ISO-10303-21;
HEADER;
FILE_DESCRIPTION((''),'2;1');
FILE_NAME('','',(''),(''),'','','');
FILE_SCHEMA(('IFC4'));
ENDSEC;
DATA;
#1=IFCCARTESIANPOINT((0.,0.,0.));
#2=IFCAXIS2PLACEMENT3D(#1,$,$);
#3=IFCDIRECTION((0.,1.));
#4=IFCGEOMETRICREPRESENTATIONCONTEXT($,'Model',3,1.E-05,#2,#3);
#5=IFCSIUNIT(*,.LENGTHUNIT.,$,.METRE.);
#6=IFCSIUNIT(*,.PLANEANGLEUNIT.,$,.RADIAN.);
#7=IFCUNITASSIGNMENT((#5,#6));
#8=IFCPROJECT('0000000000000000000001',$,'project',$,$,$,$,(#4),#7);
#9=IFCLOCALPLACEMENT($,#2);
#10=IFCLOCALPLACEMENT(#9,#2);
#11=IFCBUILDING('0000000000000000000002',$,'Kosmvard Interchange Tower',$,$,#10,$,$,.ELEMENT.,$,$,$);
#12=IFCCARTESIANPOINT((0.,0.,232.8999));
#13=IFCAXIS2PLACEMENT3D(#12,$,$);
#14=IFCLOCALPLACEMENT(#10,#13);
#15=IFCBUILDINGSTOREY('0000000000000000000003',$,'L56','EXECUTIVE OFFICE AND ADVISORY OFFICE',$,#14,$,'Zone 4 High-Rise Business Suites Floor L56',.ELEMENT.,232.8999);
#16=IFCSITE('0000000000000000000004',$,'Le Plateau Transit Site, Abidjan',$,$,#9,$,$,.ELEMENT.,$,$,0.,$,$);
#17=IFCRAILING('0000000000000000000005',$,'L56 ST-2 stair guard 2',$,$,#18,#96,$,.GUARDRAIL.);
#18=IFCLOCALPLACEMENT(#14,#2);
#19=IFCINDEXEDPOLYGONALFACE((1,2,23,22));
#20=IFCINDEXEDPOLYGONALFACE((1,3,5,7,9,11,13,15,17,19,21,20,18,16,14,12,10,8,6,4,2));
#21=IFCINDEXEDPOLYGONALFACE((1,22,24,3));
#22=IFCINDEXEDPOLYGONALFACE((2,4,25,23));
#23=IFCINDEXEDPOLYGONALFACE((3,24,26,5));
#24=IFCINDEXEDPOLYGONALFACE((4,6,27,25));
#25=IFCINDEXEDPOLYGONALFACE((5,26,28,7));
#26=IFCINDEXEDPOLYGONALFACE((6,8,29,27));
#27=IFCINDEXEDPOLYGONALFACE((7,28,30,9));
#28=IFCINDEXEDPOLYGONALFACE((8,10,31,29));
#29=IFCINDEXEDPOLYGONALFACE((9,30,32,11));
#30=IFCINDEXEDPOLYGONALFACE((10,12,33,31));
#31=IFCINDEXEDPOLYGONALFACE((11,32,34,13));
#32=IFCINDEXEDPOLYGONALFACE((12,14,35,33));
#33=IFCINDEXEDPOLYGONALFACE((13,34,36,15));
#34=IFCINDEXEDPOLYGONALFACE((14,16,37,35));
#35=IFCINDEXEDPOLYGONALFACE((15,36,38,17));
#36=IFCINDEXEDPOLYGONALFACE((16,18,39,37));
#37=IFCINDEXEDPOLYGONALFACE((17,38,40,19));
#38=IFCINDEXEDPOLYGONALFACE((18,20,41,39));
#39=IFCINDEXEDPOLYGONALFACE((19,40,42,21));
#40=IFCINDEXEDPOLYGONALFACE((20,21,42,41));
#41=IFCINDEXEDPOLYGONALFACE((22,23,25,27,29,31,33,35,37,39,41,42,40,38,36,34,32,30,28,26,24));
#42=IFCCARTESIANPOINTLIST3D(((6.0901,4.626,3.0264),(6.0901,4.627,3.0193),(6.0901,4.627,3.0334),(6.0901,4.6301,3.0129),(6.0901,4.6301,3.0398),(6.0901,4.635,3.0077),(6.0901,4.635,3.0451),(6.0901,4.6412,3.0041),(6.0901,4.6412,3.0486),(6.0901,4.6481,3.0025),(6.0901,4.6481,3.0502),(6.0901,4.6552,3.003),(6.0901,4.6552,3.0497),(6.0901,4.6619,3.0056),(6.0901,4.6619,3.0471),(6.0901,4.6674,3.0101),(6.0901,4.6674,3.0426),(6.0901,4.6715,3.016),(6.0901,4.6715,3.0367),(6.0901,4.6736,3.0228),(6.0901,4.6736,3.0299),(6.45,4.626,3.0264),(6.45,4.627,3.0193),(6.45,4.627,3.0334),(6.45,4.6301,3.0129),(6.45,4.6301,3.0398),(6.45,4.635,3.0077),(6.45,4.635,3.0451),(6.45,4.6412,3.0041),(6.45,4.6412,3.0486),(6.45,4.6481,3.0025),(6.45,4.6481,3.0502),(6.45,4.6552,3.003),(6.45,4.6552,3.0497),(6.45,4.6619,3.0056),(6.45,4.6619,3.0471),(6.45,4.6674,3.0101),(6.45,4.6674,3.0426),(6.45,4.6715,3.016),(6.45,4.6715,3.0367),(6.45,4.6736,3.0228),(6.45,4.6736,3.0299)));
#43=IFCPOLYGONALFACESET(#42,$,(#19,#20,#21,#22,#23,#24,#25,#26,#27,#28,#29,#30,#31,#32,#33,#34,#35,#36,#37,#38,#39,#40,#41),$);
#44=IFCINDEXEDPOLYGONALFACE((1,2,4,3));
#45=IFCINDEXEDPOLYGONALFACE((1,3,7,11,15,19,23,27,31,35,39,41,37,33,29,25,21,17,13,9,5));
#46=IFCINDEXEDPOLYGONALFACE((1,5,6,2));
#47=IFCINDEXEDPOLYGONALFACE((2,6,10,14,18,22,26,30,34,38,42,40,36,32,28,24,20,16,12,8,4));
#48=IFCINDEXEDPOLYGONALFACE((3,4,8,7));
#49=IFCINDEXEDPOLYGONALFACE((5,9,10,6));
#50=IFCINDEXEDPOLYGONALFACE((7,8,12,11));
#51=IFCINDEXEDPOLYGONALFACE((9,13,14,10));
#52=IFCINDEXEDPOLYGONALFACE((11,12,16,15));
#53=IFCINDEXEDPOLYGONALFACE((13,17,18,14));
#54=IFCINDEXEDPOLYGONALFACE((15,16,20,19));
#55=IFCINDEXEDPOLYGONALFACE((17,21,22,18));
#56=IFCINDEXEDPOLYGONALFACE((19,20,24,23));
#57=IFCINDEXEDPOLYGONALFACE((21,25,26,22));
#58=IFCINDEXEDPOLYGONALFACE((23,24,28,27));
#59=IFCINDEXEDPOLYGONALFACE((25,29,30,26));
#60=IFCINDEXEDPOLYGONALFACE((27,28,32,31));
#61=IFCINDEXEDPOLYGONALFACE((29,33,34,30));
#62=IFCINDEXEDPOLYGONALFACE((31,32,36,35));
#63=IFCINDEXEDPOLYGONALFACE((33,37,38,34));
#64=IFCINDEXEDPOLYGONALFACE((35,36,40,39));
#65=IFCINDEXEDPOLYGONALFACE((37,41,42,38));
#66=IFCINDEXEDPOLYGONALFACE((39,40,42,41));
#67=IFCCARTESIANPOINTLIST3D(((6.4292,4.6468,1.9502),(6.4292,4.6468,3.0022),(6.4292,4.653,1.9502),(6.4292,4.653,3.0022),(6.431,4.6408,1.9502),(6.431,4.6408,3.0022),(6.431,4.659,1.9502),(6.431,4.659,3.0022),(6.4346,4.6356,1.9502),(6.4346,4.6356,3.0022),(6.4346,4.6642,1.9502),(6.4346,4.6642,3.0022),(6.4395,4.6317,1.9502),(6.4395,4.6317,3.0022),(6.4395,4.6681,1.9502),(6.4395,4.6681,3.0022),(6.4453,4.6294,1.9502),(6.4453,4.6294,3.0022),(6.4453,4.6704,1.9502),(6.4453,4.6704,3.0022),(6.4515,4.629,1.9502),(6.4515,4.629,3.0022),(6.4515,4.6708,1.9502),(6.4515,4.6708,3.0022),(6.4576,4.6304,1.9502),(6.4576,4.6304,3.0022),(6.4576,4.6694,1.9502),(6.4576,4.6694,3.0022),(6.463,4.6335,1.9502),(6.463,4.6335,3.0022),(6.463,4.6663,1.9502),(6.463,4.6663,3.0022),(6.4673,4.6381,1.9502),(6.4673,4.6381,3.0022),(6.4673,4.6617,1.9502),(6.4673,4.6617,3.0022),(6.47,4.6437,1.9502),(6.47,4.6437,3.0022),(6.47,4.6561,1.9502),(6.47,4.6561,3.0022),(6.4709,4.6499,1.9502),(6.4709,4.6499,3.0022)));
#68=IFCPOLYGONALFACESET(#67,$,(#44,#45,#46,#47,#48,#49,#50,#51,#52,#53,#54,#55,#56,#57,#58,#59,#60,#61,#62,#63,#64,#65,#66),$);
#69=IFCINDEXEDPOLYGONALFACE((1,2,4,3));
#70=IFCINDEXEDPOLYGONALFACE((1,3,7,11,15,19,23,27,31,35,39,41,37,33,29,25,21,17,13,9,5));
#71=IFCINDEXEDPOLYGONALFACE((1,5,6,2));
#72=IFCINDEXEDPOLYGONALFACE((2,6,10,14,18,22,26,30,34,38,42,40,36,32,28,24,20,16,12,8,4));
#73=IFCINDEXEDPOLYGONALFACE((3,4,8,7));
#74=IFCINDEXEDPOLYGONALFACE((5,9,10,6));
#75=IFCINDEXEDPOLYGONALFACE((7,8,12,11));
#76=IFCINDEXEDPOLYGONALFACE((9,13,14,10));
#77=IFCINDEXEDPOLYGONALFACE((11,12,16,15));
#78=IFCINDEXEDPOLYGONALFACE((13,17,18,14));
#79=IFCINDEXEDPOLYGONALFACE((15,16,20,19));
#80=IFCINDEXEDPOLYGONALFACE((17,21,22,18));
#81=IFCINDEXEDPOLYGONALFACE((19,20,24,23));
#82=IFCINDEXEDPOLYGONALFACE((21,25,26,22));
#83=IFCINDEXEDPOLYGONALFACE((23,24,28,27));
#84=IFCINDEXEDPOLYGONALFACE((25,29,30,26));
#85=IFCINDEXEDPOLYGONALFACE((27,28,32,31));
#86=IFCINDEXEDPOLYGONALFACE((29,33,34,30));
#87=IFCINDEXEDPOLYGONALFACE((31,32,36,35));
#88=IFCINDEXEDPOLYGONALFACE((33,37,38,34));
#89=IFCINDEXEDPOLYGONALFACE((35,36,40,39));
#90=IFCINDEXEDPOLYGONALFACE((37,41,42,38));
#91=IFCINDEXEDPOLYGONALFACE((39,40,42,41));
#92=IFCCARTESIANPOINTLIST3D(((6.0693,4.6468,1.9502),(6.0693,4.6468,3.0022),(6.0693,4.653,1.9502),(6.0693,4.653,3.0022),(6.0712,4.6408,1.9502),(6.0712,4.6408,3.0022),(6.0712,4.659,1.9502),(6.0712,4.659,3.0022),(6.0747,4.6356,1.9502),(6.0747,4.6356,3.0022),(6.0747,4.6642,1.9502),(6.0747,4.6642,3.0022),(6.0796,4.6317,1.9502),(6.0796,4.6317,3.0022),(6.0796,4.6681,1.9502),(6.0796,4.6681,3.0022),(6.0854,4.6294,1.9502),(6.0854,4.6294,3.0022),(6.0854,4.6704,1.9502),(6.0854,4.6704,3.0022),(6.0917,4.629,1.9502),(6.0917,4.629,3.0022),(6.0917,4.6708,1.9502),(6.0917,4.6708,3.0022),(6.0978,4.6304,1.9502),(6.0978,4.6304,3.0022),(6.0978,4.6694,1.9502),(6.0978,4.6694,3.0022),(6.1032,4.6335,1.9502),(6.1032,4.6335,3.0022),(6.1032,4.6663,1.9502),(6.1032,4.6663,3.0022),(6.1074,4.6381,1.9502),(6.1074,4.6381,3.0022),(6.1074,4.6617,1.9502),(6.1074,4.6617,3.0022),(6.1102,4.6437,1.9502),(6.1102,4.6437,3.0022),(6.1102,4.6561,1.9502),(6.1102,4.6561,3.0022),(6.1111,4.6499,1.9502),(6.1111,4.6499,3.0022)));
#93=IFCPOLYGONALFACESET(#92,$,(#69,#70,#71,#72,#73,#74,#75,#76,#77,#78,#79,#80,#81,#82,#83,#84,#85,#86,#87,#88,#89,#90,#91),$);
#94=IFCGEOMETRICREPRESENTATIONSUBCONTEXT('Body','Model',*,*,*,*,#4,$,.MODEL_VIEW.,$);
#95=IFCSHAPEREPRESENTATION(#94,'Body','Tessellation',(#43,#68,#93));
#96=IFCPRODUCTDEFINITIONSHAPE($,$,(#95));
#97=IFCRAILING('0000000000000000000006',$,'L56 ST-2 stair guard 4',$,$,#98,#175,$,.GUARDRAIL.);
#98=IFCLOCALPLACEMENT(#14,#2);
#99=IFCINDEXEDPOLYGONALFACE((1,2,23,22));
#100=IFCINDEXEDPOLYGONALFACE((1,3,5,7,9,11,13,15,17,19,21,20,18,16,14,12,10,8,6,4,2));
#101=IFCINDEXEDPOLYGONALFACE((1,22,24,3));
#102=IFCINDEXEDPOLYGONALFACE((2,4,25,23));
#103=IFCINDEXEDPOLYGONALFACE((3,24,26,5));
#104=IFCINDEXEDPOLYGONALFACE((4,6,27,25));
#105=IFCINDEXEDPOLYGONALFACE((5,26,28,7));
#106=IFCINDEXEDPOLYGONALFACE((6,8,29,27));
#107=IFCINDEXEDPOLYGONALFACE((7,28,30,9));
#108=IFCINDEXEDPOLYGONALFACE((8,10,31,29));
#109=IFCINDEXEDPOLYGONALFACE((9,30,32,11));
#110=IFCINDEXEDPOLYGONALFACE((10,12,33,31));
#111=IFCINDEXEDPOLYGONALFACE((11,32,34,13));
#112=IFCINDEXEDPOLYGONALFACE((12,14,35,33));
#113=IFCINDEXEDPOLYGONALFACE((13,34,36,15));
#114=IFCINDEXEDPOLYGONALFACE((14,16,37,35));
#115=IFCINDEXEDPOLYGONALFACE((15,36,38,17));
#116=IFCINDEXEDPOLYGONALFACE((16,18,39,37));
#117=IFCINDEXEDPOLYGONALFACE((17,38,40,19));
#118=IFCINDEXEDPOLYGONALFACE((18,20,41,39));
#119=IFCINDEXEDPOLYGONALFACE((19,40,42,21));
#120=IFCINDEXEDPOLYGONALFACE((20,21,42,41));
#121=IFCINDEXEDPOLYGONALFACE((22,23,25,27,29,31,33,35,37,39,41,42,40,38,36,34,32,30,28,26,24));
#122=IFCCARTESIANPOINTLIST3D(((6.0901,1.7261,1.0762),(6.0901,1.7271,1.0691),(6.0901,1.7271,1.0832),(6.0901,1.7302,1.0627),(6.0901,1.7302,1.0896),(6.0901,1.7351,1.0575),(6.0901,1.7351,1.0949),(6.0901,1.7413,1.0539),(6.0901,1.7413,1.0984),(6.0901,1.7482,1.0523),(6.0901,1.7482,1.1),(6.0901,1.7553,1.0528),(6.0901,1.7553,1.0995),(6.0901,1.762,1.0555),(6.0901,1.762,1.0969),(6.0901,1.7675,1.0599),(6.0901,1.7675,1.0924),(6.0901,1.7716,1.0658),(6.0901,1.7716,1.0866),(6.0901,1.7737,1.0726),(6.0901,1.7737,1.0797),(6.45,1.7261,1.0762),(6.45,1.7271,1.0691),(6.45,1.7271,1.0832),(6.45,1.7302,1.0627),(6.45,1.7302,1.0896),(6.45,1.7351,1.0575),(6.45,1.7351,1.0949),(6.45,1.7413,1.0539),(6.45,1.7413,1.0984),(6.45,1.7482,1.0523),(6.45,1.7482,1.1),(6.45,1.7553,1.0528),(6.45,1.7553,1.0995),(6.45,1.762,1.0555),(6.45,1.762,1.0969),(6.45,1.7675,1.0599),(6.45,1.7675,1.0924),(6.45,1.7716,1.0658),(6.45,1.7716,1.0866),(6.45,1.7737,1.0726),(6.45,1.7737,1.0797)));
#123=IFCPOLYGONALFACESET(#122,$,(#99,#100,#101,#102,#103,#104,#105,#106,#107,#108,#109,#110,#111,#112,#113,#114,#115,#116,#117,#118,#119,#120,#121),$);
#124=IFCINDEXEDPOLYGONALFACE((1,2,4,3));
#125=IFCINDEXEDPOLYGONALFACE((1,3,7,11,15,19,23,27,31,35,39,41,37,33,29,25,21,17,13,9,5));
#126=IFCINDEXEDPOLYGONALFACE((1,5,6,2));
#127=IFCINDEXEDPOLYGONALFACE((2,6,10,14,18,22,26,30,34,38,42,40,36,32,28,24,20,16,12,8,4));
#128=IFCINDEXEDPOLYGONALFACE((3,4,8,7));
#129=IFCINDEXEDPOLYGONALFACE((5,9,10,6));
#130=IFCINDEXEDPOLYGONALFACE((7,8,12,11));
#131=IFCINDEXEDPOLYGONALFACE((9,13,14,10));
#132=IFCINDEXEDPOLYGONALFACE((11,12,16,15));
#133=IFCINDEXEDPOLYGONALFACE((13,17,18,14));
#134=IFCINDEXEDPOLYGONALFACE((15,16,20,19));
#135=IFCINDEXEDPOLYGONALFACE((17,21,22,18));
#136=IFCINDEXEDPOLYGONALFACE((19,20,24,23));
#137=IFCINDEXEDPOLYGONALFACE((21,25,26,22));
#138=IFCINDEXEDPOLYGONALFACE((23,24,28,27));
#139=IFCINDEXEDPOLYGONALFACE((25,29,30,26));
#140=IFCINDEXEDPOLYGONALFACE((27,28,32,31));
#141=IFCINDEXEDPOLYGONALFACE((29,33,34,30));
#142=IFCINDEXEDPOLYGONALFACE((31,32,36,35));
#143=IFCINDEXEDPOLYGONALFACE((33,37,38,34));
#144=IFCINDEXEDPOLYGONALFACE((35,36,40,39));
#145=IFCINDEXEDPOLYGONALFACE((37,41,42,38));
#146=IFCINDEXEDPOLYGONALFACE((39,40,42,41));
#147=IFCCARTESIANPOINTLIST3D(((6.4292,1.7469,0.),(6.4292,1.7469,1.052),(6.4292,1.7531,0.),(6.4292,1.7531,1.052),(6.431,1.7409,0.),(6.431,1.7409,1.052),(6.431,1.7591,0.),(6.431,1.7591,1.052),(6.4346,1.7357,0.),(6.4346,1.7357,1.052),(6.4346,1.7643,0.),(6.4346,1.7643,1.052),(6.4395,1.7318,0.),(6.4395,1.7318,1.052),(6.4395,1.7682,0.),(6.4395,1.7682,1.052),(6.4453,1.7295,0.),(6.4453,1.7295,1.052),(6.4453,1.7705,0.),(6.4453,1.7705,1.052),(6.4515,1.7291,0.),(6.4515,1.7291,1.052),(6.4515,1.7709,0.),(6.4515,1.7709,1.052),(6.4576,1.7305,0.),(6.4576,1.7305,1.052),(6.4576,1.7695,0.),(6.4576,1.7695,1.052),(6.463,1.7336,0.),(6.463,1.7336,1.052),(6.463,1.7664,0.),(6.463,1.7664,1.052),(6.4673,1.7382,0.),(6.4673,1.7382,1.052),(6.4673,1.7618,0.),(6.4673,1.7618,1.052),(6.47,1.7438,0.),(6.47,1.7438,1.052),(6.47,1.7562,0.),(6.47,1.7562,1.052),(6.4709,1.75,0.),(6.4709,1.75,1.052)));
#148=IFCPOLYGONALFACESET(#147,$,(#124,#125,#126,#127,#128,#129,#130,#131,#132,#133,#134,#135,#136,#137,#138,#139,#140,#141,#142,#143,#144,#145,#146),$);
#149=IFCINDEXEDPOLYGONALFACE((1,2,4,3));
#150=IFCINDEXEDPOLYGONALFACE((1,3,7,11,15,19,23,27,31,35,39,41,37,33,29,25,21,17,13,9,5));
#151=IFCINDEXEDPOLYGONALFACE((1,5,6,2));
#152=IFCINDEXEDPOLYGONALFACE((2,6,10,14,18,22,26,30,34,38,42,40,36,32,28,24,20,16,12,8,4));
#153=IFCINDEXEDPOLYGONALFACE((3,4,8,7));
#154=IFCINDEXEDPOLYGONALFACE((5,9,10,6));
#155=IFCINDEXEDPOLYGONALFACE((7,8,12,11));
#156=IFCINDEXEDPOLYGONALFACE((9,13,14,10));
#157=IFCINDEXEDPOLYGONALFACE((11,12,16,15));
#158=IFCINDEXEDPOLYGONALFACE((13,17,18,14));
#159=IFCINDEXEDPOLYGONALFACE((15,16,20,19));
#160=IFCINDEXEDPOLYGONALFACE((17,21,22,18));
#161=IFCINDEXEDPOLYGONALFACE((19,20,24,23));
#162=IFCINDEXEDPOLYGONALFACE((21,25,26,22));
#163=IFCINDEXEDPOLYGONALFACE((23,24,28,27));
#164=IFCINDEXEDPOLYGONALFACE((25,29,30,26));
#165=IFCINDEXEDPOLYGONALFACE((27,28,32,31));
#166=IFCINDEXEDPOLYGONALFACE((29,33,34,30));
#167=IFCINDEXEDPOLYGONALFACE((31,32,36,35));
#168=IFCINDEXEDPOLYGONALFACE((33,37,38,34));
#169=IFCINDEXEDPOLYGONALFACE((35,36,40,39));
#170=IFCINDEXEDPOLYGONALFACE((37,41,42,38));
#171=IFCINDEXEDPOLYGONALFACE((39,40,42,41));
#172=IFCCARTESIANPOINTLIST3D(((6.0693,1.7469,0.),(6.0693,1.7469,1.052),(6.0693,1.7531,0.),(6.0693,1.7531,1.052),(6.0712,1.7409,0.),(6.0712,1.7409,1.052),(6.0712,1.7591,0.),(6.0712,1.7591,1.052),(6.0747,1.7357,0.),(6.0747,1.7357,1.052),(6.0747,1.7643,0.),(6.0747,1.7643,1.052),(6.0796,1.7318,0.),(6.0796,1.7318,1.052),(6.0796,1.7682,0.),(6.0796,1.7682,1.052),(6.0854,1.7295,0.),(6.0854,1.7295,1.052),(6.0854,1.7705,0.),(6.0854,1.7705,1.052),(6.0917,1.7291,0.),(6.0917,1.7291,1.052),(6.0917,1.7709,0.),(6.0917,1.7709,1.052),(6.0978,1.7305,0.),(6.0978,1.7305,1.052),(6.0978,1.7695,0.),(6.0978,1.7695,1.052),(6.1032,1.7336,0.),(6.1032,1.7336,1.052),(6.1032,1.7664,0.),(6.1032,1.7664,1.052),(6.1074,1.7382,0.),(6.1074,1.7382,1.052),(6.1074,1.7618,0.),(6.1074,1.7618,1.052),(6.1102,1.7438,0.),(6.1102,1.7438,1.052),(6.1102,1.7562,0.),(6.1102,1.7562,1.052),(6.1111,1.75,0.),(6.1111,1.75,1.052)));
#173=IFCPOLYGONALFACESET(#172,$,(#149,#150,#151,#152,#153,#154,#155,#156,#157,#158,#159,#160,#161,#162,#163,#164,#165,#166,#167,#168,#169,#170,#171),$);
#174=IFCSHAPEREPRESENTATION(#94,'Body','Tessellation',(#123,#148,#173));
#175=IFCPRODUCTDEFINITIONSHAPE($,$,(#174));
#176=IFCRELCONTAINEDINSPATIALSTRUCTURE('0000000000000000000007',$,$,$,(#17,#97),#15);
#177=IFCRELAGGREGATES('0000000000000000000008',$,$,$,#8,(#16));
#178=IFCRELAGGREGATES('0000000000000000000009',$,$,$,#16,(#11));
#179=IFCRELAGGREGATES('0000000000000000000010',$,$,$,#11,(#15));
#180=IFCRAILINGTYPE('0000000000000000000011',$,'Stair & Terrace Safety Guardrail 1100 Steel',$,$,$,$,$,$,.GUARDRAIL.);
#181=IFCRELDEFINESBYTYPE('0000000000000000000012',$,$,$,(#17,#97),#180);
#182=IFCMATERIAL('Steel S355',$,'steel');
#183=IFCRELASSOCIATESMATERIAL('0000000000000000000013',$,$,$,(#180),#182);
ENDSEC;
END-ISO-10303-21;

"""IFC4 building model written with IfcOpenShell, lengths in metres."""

from ifc_helpers import new_model, si_unit, direction, frame, origin, origin_2d, place, context, subcontext, project, spatial, circle, extrude, source, transform, mapped, material, type_object, element, save


model = new_model("IFC4")

# Units and contexts
model_context = context("Model", 3, precision=1e-05, world=origin(), true_north=direction((0.0, 1.0)))
body_context = subcontext(model_context, "Body", "Model", "MODEL_VIEW")
ifc_project = project(units=[si_unit("LENGTHUNIT", "METRE"), si_unit("PLANEANGLEUNIT", "RADIAN")], contexts=[model_context])

# Site, building, storey
site_placement = place(None, origin())
site = spatial("IfcSite", under=ifc_project, at=site_placement, Name="Le Plateau Transit Site, Abidjan", CompositionType="ELEMENT", RefElevation=0.0)
building_placement = place(site_placement, origin())
building = spatial("IfcBuilding", under=site, at=building_placement, Name="Kosmvard Interchange Tower", CompositionType="ELEMENT")
storey_placement = place(building_placement, frame((0.0, 0.0, 232.8999)))
storey = spatial("IfcBuildingStorey", under=building, at=storey_placement, Name="L56", Description="EXECUTIVE OFFICE AND ADVISORY OFFICE", LongName="Zone 4 High-Rise Business Suites Floor L56", CompositionType="ELEMENT", Elevation=232.8999)

# Shared definitions
ifc_material_1 = material(Name="Steel S355", Category="steel")

# Railings
railing_type_1 = type_object("IfcRailingType", Name="Stair & Terrace Safety Guardrail 1100 Steel", PredefinedType="GUARDRAIL", material=ifc_material_1)
shared_shape_1 = source(origin(), body_context, "Body", "SweptSolid", [
    extrude(circle(Radius=0.0239, at=origin_2d()), frame((0.0, 0.0, 1.0762), z_axis=(-1.0, 0.0, 0.0), x_axis=(0.0, -1.0, 0.0)), (0.0, 0.0, 1.0), 0.3599),
    extrude(circle(Radius=0.021, at=origin_2d()), origin(), (0.0, 0.0, 1.0), 1.052),
    extrude(circle(Radius=0.021, at=origin_2d()), frame((-0.3599, 0.0, 0.0)), (0.0, 0.0, 1.0), 1.052),
])
for number, where, name in (
    (1, (6.45, 4.6499, 1.9502), "L56 ST-2 stair guard 2"),
    (2, (6.45, 1.75, 0.0), "L56 ST-2 stair guard 4"),
):
    element("IfcRailing", number, at=place(storey_placement, frame(where)), inside=storey, type_object=railing_type_1, Name=name, PredefinedType="GUARDRAIL", context=body_context, shape_type="MappedRepresentation", body=[
        mapped(shared_shape_1, transform((0.0, 0.0, 0.0), scale=1.0)),
    ])

save(model, "model.ifc")
